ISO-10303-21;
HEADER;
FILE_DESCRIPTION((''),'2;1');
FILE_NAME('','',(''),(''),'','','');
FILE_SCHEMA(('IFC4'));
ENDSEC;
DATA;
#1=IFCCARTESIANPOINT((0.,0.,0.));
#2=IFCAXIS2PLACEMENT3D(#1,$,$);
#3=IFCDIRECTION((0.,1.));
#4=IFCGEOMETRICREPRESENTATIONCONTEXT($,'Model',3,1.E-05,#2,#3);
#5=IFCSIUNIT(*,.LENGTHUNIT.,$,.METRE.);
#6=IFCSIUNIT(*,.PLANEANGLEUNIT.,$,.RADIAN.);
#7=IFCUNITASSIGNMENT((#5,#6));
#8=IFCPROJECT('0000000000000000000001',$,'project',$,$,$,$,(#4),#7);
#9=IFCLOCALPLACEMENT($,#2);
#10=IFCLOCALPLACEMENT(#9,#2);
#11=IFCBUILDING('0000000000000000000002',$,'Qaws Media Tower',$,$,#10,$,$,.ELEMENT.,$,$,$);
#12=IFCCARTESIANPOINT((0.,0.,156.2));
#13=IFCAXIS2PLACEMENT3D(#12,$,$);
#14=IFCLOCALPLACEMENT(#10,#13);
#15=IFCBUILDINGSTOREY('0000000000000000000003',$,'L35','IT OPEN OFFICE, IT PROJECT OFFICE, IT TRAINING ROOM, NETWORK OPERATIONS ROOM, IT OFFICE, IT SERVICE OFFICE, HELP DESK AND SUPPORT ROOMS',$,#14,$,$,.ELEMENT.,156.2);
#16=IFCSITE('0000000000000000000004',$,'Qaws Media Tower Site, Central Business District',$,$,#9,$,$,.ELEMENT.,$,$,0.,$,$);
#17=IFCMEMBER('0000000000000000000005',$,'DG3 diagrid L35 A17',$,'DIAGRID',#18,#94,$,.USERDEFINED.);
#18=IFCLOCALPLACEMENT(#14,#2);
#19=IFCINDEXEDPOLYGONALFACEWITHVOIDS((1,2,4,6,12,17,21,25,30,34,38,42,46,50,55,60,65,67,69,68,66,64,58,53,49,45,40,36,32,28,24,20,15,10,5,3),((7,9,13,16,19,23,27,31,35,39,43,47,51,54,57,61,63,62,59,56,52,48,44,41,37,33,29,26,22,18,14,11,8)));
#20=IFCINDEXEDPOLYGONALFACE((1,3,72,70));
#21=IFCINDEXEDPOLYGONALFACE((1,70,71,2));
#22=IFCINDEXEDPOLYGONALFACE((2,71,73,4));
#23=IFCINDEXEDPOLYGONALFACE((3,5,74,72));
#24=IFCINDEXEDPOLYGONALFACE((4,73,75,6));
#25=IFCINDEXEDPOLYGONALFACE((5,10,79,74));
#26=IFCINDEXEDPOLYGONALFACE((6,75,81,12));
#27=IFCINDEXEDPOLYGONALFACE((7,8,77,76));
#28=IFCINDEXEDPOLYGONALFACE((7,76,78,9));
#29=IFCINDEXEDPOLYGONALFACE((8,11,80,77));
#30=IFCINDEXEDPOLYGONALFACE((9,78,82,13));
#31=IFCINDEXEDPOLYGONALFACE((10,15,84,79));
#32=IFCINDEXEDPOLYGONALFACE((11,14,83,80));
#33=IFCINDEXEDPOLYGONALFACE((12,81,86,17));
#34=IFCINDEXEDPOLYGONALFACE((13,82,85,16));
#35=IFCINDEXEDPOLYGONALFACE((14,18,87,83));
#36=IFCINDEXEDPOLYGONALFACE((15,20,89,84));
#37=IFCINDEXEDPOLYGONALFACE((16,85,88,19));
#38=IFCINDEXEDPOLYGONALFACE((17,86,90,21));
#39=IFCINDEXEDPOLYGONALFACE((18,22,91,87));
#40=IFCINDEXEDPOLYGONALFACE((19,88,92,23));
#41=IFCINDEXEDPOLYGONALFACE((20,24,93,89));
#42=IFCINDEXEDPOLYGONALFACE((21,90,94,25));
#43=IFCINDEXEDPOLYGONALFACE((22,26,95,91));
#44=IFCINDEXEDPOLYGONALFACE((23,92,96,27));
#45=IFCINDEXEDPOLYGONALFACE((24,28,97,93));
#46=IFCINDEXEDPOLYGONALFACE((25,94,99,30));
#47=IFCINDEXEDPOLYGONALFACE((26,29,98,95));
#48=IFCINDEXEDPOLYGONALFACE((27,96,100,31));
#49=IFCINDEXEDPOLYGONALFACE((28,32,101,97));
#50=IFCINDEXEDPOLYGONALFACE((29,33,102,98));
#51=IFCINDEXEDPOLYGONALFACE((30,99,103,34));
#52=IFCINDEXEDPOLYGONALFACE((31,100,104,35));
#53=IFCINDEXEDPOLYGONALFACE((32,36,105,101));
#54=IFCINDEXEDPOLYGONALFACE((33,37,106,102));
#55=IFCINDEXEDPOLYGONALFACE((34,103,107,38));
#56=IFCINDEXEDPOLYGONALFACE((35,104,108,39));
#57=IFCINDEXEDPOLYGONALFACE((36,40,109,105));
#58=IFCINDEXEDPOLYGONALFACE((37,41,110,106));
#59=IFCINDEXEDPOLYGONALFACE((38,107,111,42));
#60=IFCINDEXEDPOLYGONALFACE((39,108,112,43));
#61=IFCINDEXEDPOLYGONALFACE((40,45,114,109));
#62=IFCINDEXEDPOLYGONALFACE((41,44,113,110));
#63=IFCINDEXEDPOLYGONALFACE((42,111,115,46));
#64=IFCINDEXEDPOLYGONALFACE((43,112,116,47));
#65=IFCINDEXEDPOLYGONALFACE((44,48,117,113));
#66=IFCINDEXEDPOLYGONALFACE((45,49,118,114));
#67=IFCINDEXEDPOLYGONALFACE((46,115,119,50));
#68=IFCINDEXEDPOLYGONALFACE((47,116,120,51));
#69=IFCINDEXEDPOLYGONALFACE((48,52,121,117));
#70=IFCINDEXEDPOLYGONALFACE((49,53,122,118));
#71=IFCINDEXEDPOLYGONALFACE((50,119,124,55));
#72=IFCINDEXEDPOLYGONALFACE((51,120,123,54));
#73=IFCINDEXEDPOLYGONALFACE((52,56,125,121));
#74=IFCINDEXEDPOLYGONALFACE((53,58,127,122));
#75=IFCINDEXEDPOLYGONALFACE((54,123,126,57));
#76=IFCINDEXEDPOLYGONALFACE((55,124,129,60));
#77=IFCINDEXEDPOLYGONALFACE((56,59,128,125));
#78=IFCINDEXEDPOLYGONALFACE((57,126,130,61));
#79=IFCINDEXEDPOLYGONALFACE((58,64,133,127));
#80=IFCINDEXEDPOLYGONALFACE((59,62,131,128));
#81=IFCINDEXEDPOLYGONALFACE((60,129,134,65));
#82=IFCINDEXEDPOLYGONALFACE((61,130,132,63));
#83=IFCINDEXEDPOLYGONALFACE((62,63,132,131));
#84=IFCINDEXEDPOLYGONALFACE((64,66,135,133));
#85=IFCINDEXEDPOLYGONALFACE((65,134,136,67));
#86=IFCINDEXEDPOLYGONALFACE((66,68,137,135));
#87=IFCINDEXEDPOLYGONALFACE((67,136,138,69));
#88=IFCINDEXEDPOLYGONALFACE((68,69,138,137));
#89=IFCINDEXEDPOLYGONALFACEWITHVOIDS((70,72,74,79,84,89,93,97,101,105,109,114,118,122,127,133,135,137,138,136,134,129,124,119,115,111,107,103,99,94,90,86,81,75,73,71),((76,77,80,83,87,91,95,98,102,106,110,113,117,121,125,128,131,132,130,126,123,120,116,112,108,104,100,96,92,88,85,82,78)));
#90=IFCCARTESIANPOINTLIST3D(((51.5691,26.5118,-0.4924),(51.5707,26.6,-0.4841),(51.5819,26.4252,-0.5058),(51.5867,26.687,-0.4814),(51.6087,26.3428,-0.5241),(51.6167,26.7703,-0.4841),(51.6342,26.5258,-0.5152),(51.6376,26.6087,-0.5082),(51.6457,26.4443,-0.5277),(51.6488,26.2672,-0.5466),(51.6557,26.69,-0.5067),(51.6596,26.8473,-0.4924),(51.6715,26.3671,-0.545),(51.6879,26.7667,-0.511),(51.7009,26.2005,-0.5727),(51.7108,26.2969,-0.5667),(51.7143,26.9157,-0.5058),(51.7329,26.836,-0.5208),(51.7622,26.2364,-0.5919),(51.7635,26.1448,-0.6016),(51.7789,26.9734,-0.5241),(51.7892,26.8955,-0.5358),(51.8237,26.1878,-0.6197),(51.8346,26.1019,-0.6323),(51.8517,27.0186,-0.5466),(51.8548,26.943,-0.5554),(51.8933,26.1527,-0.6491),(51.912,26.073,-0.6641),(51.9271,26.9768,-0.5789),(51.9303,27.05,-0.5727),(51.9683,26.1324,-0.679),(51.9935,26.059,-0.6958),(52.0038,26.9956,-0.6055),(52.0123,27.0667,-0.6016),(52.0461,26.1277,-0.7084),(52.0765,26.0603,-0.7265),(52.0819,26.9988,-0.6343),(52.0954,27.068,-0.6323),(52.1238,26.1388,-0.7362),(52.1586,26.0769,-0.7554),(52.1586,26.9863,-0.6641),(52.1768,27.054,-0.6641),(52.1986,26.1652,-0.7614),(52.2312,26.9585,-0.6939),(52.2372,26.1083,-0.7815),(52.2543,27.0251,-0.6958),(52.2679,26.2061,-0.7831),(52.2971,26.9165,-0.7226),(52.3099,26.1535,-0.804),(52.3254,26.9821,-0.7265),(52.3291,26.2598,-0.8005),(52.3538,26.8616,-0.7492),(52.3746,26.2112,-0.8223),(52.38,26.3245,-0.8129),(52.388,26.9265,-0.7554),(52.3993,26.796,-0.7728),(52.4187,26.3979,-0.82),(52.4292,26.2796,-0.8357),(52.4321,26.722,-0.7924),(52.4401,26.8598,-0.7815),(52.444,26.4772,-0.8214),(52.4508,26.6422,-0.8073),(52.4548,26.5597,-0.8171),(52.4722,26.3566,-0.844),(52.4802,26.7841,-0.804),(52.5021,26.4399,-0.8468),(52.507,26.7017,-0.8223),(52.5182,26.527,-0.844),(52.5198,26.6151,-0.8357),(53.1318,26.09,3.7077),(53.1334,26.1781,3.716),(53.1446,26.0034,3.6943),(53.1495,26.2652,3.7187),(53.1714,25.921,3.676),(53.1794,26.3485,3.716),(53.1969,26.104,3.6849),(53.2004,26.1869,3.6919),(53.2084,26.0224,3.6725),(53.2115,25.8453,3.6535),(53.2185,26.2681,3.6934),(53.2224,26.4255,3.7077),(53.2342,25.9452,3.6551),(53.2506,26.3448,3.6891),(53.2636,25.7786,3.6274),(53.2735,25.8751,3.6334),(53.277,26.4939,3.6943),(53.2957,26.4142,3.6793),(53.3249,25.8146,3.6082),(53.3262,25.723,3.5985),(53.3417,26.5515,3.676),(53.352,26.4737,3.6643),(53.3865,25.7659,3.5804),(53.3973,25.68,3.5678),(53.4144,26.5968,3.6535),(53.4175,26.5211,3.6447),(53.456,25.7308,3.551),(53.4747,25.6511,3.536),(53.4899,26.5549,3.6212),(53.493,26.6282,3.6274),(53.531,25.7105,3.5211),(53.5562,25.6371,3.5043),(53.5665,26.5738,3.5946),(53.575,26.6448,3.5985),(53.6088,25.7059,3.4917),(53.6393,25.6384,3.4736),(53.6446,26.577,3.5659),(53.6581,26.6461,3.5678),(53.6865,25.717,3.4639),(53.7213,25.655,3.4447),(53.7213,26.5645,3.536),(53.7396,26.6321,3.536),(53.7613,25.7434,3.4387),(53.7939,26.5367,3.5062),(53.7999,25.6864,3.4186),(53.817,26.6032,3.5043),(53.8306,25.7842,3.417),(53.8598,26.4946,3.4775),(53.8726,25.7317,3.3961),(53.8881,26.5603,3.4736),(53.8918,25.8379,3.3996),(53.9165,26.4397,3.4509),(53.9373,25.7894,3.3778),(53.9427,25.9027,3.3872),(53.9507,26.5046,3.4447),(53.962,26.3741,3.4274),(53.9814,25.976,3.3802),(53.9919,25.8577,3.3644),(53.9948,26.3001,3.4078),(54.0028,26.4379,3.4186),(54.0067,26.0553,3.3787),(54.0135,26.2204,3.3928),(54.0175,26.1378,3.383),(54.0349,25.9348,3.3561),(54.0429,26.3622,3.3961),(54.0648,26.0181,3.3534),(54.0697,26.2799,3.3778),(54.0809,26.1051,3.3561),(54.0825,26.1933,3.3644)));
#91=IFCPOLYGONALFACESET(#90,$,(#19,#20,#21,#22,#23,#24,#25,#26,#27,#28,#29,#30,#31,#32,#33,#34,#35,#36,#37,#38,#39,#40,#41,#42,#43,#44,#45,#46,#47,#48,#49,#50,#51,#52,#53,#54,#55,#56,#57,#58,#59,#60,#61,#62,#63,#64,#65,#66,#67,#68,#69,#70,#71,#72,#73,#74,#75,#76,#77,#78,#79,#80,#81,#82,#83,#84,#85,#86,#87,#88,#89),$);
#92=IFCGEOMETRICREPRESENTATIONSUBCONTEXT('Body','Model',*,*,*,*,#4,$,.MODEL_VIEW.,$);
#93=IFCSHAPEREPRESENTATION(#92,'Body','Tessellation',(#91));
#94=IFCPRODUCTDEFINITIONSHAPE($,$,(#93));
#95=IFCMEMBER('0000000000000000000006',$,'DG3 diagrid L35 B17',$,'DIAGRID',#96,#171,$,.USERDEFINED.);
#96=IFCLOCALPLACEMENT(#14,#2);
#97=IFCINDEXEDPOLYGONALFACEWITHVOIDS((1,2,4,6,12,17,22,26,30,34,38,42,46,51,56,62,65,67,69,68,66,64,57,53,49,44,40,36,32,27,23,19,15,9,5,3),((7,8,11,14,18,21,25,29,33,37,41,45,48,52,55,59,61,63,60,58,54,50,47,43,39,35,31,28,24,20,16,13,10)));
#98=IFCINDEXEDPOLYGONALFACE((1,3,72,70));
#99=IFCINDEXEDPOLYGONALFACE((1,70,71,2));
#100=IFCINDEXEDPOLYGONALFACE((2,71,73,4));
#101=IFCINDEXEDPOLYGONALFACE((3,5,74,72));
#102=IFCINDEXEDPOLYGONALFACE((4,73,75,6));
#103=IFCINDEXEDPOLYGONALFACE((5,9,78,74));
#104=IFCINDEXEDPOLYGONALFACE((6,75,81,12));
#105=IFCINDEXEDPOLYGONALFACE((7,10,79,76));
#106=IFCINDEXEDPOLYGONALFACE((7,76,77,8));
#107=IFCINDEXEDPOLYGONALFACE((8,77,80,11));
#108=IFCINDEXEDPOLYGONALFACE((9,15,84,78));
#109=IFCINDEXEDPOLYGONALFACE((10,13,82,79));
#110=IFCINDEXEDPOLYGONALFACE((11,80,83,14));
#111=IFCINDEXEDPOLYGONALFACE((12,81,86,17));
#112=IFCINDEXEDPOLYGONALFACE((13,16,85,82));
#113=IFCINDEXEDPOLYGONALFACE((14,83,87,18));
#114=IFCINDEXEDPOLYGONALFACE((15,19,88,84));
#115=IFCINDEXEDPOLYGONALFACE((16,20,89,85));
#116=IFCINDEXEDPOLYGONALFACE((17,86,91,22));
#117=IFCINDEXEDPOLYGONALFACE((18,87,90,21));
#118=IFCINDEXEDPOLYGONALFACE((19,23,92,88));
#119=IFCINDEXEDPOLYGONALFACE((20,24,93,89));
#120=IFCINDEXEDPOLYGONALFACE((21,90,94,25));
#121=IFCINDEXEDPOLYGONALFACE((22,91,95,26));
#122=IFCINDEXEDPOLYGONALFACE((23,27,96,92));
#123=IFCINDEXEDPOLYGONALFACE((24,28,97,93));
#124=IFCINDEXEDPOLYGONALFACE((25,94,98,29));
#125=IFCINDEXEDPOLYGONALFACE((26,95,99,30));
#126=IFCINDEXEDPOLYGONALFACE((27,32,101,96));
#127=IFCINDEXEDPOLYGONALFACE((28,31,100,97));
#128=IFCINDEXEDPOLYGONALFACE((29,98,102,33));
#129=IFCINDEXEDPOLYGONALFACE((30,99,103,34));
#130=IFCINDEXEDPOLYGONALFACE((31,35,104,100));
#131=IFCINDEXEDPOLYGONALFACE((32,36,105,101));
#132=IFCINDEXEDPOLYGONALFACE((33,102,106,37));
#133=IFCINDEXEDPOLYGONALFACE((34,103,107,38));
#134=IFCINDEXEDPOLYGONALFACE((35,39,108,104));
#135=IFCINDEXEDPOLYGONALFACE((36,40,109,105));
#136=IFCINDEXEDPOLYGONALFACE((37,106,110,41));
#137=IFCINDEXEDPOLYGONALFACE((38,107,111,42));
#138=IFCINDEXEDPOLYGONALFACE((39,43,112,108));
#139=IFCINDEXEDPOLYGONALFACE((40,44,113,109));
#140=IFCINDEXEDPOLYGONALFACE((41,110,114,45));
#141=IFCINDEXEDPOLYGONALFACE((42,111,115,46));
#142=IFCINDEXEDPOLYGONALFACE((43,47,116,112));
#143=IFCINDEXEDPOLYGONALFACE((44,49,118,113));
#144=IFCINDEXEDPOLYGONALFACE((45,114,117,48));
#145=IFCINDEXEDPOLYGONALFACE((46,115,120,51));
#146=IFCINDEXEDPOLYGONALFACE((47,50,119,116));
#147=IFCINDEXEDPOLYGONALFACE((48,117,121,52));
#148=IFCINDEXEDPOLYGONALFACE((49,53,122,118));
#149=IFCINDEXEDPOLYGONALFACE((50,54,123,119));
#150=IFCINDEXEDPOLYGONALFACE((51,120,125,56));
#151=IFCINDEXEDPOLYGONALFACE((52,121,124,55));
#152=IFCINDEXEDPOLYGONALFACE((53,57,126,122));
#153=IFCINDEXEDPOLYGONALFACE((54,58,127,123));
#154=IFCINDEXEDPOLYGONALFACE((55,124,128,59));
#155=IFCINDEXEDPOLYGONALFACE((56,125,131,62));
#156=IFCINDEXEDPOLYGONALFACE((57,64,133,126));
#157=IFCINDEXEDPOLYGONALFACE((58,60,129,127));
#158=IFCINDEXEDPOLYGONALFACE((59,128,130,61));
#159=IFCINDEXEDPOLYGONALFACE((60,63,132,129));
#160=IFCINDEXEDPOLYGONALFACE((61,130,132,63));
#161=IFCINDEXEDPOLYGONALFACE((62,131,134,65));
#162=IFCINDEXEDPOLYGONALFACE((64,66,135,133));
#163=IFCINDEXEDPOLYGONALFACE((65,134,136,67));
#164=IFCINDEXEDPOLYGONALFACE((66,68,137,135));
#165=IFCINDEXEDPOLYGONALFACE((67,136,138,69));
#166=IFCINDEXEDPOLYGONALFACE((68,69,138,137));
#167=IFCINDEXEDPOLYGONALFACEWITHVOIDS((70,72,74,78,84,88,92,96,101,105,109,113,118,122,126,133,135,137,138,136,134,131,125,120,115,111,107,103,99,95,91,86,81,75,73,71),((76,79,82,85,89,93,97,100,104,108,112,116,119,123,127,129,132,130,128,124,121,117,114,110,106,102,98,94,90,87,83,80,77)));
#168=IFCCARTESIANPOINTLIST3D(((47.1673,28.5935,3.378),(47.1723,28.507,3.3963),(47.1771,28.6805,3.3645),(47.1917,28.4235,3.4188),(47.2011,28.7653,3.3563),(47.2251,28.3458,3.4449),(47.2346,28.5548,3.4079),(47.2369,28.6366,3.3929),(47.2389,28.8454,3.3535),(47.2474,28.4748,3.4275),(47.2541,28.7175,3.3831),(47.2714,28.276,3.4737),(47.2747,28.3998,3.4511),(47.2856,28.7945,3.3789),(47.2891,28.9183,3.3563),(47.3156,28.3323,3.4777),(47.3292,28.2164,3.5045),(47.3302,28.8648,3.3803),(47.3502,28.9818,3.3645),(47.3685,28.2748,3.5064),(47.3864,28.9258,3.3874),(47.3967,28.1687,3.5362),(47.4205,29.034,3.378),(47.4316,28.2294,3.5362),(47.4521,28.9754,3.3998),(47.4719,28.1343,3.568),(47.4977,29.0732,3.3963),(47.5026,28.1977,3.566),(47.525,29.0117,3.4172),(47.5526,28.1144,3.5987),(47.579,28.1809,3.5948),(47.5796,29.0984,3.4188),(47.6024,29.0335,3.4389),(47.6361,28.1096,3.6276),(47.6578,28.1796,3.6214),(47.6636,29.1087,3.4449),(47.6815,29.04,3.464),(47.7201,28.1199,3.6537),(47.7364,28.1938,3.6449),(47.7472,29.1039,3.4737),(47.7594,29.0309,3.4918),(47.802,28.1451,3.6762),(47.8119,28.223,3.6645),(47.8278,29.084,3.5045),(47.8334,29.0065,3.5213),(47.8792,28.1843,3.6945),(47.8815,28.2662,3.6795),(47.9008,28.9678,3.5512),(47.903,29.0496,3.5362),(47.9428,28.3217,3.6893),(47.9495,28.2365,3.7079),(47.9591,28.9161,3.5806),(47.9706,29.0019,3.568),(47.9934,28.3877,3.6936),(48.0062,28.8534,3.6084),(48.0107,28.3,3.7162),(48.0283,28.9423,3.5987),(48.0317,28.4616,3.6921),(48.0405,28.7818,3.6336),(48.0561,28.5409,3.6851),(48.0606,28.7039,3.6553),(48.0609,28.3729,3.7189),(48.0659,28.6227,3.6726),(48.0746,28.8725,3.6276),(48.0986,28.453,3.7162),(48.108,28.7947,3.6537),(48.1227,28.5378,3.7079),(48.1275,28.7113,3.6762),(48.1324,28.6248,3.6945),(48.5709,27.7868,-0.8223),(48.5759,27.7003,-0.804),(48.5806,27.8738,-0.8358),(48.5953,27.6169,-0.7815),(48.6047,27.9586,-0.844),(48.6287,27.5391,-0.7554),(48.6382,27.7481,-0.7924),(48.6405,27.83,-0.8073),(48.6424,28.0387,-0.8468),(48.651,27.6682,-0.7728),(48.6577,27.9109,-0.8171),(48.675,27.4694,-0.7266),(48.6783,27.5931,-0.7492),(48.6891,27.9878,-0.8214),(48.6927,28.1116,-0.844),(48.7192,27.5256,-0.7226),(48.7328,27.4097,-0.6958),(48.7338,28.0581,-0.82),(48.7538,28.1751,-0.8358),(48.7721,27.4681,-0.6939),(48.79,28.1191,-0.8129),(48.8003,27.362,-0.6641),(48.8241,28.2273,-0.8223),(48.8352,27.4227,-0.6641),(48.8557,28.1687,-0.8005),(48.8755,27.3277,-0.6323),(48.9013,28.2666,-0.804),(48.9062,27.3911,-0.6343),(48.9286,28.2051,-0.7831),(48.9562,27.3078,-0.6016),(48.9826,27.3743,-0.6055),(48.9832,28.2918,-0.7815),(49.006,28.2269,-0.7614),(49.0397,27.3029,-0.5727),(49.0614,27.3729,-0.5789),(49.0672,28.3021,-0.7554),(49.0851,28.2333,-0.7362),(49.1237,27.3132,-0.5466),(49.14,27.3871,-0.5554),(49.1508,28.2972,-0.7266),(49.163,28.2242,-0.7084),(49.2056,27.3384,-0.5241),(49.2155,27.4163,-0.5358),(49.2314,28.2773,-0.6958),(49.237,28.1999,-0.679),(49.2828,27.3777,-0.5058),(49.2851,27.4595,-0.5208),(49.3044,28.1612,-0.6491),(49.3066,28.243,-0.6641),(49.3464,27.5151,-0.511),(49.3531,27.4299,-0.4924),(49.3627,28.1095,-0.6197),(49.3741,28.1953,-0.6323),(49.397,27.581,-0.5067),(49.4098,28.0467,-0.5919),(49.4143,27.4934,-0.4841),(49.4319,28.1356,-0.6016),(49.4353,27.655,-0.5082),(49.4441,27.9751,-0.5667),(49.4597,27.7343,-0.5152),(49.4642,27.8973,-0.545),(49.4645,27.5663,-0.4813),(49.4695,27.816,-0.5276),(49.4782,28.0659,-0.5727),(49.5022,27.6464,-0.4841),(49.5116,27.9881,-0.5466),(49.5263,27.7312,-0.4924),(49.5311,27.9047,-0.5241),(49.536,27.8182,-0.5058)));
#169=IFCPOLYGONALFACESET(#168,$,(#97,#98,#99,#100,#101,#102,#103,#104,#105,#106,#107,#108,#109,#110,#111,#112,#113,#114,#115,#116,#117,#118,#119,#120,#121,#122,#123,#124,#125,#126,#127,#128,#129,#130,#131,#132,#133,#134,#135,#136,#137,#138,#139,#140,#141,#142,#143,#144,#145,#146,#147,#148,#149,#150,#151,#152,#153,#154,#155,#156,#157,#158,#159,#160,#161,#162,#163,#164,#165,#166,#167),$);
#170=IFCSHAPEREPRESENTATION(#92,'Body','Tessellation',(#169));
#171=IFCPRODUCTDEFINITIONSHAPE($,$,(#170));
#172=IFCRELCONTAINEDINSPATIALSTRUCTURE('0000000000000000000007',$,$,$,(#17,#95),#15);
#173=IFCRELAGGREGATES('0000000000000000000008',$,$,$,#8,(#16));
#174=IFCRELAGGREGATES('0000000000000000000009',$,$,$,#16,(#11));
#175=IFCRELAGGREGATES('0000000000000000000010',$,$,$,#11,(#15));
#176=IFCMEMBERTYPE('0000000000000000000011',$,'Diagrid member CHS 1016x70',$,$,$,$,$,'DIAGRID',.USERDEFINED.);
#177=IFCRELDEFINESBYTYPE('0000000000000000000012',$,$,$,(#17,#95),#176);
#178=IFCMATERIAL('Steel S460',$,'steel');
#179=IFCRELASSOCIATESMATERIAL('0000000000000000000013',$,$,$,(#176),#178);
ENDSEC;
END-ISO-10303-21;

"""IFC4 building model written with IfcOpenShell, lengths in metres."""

from ifc_helpers import new_model, si_unit, direction, frame, origin, origin_2d, place, context, subcontext, project, spatial, hollow_circle, extrude, material, material_profile, profile_set, type_object, element, save


model = new_model("IFC4")

# Units and contexts
model_context = context("Model", 3, precision=1e-05, world=origin(), true_north=direction((0.0, 1.0)))
body_context = subcontext(model_context, "Body", "Model", "MODEL_VIEW")
ifc_project = project(units=[si_unit("LENGTHUNIT", "METRE"), si_unit("PLANEANGLEUNIT", "RADIAN")], contexts=[model_context])

# Site, building, storey
site_placement = place(None, origin())
site = spatial("IfcSite", under=ifc_project, at=site_placement, Name="Qaws Media Tower Site, Central Business District", CompositionType="ELEMENT", RefElevation=0.0)
building_placement = place(site_placement, origin())
building = spatial("IfcBuilding", under=site, at=building_placement, Name="Qaws Media Tower", CompositionType="ELEMENT")
storey_placement = place(building_placement, frame((0.0, 0.0, 156.2)))
storey = spatial("IfcBuildingStorey", under=building, at=storey_placement, Name="L35", Description="IT OPEN OFFICE, IT PROJECT OFFICE, IT TRAINING ROOM, NETWORK OPERATIONS ROOM, IT OFFICE, IT SERVICE OFFICE, HELP DESK AND SUPPORT ROOMS", CompositionType="ELEMENT", Elevation=156.2)

# Members
ifc_material_1 = material(Name="Steel S460", Category="steel")
ifc_material_profile_1 = material_profile(ifc_material_1, hollow_circle(Radius=0.5081, WallThickness=0.0701, at=origin_2d()), Name="CHS 1016x70")
ifc_profile_set_1 = profile_set([ifc_material_profile_1], Name="Steel S460")
member_type_1 = type_object("IfcMemberType", Name="Diagrid member CHS 1016x70", ElementType="DIAGRID", PredefinedType="USERDEFINED", material=ifc_profile_set_1)
member_1_placement = place(storey_placement, frame((52.0444, 26.5635, -0.6641), z_axis=(0.347175, -0.093723, 0.933105), x_axis=(0.260628, 0.965439, 0.0)))
element("IfcMember", 1, at=member_1_placement, inside=storey, type_object=member_type_1, Name="DG3 diagrid L35 A17", ObjectType="DIAGRID", PredefinedType="USERDEFINED", context=body_context, shape_type="SweptSolid", body=[
    extrude(hollow_circle(Radius=0.5081, WallThickness=0.0701, at=origin_2d()), origin(), (0.0, 0.0, 1.0), 4.5012),
])
for number, where, z_axis, x_axis, name in (
    (2, (49.0535, 27.8025, -0.6641), (-0.311809, 0.179199, 0.933093), (-0.498281, -0.867015, 0.0), "DG3 diagrid L35 B17"),
):
    element("IfcMember", number, at=place(storey_placement, frame(where, z_axis=z_axis, x_axis=x_axis)), inside=storey, type_object=member_type_1, Name=name, ObjectType="DIAGRID", PredefinedType="USERDEFINED", context=body_context, shape_type="SweptSolid", body=[
        extrude(hollow_circle(Radius=0.5081, WallThickness=0.0701, at=origin_2d()), origin(), (0.0, 0.0, 1.0), 4.5015),
    ])

save(model, "model.ifc")
